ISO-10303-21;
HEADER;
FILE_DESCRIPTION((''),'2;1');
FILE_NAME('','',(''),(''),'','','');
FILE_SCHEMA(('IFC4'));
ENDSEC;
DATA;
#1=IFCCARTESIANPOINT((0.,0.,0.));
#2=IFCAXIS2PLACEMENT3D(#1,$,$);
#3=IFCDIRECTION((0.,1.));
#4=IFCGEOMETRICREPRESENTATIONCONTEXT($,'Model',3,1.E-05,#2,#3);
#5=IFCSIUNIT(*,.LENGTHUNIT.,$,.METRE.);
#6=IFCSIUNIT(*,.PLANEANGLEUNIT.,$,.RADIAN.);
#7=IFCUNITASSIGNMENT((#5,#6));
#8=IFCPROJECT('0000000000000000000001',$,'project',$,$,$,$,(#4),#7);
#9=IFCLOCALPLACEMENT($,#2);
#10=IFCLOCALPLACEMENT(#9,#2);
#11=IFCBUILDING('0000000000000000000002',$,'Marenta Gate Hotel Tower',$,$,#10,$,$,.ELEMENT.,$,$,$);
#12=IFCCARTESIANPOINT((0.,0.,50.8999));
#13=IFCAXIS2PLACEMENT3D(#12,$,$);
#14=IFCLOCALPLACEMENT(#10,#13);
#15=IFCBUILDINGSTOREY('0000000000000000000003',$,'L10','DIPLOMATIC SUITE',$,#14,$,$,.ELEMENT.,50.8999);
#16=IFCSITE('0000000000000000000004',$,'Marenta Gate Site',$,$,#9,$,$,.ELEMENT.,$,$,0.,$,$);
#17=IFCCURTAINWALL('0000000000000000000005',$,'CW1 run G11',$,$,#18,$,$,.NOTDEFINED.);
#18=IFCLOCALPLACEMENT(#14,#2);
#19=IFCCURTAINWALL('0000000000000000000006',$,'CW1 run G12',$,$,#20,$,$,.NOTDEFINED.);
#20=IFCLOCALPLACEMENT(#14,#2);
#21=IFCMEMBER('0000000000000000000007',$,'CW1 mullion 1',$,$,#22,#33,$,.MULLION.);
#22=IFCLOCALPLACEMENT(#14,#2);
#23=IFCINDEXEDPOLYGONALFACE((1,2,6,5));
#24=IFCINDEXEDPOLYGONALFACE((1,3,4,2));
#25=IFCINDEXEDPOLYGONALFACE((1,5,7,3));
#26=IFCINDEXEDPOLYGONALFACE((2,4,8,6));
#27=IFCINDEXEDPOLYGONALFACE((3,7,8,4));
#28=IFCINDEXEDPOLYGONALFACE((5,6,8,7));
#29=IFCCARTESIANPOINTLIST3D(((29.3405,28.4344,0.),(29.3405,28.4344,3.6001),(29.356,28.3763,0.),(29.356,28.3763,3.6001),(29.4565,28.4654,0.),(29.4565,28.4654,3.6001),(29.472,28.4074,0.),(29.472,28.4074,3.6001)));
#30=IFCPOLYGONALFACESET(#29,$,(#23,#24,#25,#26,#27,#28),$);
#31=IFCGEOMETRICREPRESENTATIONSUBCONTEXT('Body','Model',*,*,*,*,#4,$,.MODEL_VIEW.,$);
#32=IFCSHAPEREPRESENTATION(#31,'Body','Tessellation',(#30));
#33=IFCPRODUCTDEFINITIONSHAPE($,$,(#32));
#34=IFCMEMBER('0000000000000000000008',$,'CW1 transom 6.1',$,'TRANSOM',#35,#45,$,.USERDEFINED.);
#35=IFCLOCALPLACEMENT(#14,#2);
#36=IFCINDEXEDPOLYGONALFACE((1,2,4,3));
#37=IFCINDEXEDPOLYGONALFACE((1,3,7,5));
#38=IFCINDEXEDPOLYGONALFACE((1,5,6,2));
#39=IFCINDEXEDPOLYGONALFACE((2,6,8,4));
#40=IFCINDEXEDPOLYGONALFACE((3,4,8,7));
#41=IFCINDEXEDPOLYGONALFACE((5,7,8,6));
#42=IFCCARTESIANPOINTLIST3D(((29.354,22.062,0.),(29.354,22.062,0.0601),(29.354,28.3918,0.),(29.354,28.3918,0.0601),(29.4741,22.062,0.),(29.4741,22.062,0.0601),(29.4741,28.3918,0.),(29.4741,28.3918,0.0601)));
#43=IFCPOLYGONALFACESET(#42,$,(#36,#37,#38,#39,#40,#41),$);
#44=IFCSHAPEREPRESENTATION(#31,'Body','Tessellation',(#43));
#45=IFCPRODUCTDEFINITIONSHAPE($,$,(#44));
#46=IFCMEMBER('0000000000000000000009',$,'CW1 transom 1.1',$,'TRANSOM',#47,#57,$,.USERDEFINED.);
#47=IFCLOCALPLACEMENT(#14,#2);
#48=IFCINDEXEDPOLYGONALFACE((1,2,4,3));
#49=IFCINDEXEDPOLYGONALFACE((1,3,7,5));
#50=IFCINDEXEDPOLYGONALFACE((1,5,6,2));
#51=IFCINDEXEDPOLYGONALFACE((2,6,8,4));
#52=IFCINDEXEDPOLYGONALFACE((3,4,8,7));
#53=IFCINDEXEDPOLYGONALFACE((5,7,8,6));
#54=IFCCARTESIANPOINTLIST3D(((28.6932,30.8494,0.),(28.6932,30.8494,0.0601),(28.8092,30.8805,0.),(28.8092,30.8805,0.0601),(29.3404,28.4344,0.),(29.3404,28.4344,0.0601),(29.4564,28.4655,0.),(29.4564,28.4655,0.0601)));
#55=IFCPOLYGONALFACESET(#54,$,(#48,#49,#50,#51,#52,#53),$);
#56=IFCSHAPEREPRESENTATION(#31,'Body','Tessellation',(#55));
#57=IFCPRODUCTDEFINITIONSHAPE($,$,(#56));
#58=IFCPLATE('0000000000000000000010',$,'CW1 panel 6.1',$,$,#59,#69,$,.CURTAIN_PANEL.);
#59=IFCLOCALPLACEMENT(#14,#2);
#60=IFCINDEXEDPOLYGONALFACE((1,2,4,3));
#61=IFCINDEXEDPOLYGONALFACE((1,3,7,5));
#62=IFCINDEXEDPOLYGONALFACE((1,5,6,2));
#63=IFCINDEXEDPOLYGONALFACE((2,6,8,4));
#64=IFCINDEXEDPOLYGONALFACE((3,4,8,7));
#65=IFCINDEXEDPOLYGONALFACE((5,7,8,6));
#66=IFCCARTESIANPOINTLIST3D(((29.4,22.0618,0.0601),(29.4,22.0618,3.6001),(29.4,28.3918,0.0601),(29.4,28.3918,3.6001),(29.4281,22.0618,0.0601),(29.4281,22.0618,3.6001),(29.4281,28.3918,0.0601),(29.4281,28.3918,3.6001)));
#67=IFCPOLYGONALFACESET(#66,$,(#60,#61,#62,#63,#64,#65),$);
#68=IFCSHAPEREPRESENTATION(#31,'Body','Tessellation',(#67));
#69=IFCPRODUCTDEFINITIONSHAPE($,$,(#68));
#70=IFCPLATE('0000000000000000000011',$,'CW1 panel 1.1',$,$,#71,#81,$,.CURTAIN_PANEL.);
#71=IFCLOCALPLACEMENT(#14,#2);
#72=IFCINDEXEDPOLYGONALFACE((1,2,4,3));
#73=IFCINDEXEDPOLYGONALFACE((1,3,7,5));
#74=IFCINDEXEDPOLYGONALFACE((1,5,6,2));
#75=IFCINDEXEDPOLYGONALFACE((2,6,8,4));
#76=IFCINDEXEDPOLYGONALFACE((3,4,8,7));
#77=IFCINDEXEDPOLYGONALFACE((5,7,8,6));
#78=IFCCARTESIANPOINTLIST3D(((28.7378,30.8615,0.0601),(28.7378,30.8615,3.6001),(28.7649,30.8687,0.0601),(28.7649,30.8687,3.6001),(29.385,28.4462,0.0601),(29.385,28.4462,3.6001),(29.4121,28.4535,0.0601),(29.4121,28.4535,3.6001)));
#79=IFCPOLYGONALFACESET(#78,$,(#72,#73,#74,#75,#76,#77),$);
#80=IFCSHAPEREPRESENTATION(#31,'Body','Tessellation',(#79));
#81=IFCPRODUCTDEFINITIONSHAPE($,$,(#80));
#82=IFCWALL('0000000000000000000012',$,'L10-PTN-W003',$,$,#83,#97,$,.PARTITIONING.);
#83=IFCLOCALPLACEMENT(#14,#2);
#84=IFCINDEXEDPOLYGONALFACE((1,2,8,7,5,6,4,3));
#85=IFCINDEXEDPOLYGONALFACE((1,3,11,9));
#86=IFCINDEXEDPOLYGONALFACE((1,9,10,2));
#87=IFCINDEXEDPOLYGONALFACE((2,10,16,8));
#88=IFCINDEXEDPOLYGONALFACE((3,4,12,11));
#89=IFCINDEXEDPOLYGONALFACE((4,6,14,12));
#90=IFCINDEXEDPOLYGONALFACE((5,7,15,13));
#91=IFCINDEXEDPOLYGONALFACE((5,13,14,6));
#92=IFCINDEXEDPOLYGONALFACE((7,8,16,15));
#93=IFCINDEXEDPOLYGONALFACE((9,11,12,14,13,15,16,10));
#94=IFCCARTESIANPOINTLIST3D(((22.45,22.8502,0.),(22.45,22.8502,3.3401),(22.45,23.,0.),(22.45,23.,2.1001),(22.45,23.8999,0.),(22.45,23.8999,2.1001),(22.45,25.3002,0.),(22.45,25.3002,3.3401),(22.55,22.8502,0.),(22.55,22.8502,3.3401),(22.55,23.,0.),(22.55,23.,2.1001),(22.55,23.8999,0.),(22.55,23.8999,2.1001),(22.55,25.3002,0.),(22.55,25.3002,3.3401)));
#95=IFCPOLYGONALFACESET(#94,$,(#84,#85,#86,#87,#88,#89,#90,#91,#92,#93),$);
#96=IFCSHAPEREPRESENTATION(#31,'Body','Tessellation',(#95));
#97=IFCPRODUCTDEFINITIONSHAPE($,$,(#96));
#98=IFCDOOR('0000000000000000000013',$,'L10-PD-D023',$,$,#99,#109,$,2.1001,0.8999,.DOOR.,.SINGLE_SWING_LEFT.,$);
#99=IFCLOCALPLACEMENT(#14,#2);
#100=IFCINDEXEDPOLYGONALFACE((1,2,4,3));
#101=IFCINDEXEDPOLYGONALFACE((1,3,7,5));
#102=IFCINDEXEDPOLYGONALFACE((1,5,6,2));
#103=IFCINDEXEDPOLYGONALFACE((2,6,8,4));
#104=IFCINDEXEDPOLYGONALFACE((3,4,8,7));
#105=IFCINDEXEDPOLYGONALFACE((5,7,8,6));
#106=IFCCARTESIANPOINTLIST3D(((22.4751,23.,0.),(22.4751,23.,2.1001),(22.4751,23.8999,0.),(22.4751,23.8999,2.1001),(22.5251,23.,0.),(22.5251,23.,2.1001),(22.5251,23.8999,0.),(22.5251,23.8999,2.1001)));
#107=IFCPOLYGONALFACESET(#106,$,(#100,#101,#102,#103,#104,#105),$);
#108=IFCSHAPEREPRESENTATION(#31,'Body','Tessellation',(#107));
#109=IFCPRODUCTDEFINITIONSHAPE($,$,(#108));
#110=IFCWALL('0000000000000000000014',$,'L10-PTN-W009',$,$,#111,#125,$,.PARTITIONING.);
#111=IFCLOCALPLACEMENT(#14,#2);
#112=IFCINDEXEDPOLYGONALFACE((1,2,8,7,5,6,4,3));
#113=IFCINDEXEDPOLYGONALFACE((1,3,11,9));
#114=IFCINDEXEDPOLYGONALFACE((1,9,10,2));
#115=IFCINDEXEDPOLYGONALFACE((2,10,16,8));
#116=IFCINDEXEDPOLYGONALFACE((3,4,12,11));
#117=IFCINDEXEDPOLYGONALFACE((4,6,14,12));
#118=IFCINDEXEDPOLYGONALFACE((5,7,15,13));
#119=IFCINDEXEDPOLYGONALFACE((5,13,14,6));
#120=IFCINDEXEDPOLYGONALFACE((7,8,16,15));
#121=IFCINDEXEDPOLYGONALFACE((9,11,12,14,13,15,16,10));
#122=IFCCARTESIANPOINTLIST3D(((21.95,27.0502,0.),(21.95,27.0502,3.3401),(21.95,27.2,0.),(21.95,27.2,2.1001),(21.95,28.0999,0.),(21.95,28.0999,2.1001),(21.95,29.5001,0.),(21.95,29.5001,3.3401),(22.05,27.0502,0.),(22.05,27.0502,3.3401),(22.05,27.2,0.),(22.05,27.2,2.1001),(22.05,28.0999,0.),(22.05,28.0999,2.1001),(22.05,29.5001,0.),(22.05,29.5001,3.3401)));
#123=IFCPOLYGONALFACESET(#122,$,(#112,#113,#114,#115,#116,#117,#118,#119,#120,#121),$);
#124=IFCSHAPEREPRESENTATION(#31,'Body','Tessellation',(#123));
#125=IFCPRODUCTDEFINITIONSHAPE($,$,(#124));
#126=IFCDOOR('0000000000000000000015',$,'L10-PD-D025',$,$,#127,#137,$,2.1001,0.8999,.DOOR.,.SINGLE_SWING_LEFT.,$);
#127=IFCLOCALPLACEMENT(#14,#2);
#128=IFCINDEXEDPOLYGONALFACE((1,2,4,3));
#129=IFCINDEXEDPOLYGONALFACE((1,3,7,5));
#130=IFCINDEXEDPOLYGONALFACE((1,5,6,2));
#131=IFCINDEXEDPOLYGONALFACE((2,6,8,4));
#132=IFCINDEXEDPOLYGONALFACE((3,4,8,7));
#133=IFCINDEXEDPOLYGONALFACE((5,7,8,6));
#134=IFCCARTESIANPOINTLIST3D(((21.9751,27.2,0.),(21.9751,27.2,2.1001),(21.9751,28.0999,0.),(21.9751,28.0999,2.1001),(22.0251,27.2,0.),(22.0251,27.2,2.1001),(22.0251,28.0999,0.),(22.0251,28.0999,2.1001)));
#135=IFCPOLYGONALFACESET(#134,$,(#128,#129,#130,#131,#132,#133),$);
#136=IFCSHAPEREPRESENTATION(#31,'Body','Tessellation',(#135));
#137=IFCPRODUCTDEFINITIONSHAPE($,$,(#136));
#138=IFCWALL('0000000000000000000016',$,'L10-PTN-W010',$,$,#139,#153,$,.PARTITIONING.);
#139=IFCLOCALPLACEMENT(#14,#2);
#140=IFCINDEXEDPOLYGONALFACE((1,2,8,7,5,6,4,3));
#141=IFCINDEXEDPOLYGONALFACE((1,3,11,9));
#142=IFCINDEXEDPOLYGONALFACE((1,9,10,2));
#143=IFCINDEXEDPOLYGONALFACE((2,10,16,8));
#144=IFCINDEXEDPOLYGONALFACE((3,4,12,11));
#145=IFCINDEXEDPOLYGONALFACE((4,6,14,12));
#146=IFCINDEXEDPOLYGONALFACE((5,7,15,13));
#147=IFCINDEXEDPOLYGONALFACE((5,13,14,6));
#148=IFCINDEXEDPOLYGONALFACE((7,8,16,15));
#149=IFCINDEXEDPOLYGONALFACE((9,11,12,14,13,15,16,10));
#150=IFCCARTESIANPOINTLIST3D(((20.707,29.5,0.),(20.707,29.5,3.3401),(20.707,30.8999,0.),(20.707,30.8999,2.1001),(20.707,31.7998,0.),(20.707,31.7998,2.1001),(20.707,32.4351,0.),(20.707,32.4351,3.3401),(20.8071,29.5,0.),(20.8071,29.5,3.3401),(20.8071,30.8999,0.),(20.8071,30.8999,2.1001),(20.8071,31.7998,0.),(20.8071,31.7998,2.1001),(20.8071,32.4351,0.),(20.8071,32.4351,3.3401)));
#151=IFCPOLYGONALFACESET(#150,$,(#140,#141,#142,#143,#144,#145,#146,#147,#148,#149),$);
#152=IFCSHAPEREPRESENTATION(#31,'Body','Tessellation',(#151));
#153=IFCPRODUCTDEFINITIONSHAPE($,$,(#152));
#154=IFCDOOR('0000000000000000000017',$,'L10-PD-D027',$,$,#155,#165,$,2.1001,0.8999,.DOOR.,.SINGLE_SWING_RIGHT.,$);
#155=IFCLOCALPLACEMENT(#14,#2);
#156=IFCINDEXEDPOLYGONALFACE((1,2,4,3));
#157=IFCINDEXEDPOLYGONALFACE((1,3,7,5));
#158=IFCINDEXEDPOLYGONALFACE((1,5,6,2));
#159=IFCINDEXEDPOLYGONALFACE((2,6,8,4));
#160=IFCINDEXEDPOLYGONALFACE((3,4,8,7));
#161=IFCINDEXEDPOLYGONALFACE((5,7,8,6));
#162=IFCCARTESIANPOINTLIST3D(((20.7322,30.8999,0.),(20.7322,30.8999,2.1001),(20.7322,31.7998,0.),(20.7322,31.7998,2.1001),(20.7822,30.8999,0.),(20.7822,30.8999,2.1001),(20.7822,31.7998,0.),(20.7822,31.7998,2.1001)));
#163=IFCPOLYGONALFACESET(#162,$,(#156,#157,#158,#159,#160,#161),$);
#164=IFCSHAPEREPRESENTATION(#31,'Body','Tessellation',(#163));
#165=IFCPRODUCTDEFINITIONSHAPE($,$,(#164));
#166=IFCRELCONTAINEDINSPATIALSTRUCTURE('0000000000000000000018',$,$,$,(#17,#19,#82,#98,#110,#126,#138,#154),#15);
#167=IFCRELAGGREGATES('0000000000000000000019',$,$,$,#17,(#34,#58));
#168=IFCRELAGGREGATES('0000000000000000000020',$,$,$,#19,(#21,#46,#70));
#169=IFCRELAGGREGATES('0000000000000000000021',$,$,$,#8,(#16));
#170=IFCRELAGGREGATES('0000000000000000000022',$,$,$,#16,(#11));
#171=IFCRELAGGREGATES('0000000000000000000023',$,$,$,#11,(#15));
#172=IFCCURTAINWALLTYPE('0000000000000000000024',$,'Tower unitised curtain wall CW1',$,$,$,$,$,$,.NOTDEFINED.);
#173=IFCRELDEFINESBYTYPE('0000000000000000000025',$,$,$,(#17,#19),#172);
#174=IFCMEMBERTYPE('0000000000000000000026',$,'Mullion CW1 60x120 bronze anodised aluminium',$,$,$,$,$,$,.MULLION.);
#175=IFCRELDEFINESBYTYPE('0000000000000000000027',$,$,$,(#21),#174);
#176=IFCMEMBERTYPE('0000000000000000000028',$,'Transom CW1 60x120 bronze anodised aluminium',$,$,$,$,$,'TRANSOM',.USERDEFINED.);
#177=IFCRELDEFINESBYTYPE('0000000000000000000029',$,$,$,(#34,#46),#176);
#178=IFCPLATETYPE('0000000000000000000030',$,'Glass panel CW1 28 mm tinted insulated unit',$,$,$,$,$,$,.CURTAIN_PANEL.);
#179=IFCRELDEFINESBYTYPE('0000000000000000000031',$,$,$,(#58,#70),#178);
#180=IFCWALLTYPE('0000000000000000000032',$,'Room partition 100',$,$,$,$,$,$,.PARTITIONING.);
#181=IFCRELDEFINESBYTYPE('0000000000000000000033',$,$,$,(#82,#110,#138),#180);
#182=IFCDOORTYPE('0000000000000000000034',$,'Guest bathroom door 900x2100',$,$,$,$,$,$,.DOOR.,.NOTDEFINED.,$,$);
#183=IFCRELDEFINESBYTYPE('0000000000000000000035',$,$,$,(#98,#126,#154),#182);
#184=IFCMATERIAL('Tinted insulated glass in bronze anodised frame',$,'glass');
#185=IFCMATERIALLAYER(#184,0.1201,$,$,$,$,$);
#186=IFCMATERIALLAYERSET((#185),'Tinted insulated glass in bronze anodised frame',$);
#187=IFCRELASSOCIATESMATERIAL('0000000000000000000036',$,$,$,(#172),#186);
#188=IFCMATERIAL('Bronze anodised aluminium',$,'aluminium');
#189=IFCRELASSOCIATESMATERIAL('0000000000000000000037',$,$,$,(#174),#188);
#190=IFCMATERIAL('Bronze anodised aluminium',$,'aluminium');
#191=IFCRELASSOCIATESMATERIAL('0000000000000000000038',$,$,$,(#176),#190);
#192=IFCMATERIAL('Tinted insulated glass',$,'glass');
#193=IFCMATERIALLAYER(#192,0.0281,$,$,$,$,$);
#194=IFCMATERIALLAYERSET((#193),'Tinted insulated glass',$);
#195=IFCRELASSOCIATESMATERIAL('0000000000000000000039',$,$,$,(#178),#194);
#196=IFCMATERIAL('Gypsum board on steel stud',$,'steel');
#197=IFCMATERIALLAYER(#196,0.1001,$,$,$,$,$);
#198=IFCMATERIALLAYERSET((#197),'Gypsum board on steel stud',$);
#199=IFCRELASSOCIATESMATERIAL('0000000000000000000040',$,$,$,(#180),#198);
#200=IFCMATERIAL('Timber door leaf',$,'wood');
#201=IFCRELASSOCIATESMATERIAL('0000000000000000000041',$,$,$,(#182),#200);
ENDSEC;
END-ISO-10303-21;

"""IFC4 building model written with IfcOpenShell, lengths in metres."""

from ifc_helpers import new_model, si_unit, direction, frame, frame_2d, origin, origin_2d, place, context, subcontext, project, spatial, rectangle, extrude, material, layer, layer_set, material_profile, profile_set, type_object, element, fill, aggregate, save


model = new_model("IFC4")

# Units and contexts
model_context = context("Model", 3, precision=1e-05, world=origin(), true_north=direction((0.0, 1.0)))
body_context = subcontext(model_context, "Body", "Model", "MODEL_VIEW")
ifc_project = project(units=[si_unit("LENGTHUNIT", "METRE"), si_unit("PLANEANGLEUNIT", "RADIAN")], contexts=[model_context])

# Site, building, storey
site_placement = place(None, origin())
site = spatial("IfcSite", under=ifc_project, at=site_placement, Name="Marenta Gate Site", CompositionType="ELEMENT", RefElevation=0.0)
building_placement = place(site_placement, origin())
building = spatial("IfcBuilding", under=site, at=building_placement, Name="Marenta Gate Hotel Tower", CompositionType="ELEMENT")
storey_placement = place(building_placement, frame((0.0, 0.0, 50.8999)))
storey = spatial("IfcBuildingStorey", under=building, at=storey_placement, Name="L10", Description="DIPLOMATIC SUITE", CompositionType="ELEMENT", Elevation=50.8999)

# Curtain walls, member
ifc_material_1 = material(Name="Tinted insulated glass in bronze anodised frame", Category="glass")
ifc_layer_1 = layer(ifc_material_1, 0.1201)
ifc_layer_set_1 = layer_set([ifc_layer_1], Name="Tinted insulated glass in bronze anodised frame")
curtain_wall_type = type_object("IfcCurtainWallType", Name="Tower unitised curtain wall CW1", PredefinedType="NOTDEFINED", material=ifc_layer_set_1)
curtain_wall_1_placement = place(storey_placement, origin())
curtain_wall_1 = element("IfcCurtainWall", 1, at=curtain_wall_1_placement, inside=storey, type_object=curtain_wall_type, Name="CW1 run G11", PredefinedType="NOTDEFINED")
ifc_material_2 = material(Name="Bronze anodised aluminium", Category="aluminium")
ifc_material_profile_1 = material_profile(ifc_material_2, rectangle(XDim=0.1201, YDim=0.0601, at=origin_2d()), Name="Mullion CW1 60x120 bronze anodised aluminium")
ifc_profile_set_1 = profile_set([ifc_material_profile_1], Name="Bronze anodised aluminium")
member_type_1 = type_object("IfcMemberType", Name="Mullion CW1 60x120 bronze anodised aluminium", PredefinedType="MULLION", material=ifc_profile_set_1)
curtain_wall_2_placement = place(storey_placement, origin())
curtain_wall_2 = element("IfcCurtainWall", 2, at=curtain_wall_2_placement, inside=storey, type_object=curtain_wall_type, Name="CW1 run G12", PredefinedType="NOTDEFINED")
member_1_placement = place(storey_placement, frame((29.4062, 28.4209, 0.0), z_axis=(0.0, 0.0, 1.0), x_axis=(-0.965925, -0.258822, 0.0)))
member_1 = element("IfcMember", 3, at=member_1_placement, type_object=member_type_1, Name="CW1 mullion 1", PredefinedType="MULLION", context=body_context, shape_type="SweptSolid", body=[
    extrude(rectangle(XDim=0.1201, YDim=0.0601, at=origin_2d()), origin(), (0.0, 0.0, 1.0), 3.6001),
])

# Members
ifc_material_3 = material(Name="Bronze anodised aluminium", Category="aluminium")
ifc_material_profile_2 = material_profile(ifc_material_3, rectangle(XDim=0.1201, YDim=0.0601, at=origin_2d()), Name="Transom CW1 60x120 bronze anodised aluminium")
ifc_profile_set_2 = profile_set([ifc_material_profile_2], Name="Bronze anodised aluminium")
member_type_2 = type_object("IfcMemberType", Name="Transom CW1 60x120 bronze anodised aluminium", ElementType="TRANSOM", PredefinedType="USERDEFINED", material=ifc_profile_set_2)
member_2_placement = place(storey_placement, frame((29.4141, 22.062, 0.03), z_axis=(0.0, 1.0, 0.0), x_axis=(-1.0, 0.0, 0.0)))
member_2 = element("IfcMember", 4, at=member_2_placement, type_object=member_type_2, Name="CW1 transom 6.1", ObjectType="TRANSOM", PredefinedType="USERDEFINED", context=body_context, shape_type="SweptSolid", body=[
    extrude(rectangle(XDim=0.1201, YDim=0.0601, at=origin_2d()), origin(), (0.0, 0.0, 1.0), 6.3298),
])
member_3_placement = place(storey_placement, frame((29.3984, 28.45, 0.03), z_axis=(-0.25886, 0.965915, 0.0), x_axis=(-0.965915, -0.25886, 0.0)))
member_3 = element("IfcMember", 5, at=member_3_placement, type_object=member_type_2, Name="CW1 transom 1.1", ObjectType="TRANSOM", PredefinedType="USERDEFINED", context=body_context, shape_type="SweptSolid", body=[
    extrude(rectangle(XDim=0.1201, YDim=0.0601, at=origin_2d()), origin(), (0.0, 0.0, 1.0), 2.5002),
])

# Plates
ifc_material_4 = material(Name="Tinted insulated glass", Category="glass")
ifc_layer_2 = layer(ifc_material_4, 0.0281)
ifc_layer_set_2 = layer_set([ifc_layer_2], Name="Tinted insulated glass")
plate_type = type_object("IfcPlateType", Name="Glass panel CW1 28 mm tinted insulated unit", PredefinedType="CURTAIN_PANEL", material=ifc_layer_set_2)
plate_1_placement = place(storey_placement, frame((29.4141, 25.2268, 0.0601), z_axis=(0.0, 0.0, 1.0), x_axis=(0.0, 1.0, 0.0)))
plate_1 = element("IfcPlate", 6, at=plate_1_placement, type_object=plate_type, Name="CW1 panel 6.1", PredefinedType="CURTAIN_PANEL", context=body_context, shape_type="SweptSolid", body=[
    extrude(rectangle(XDim=6.3301, YDim=0.0281, at=origin_2d()), origin(), (0.0, 0.0, 1.0), 3.54),
])
aggregate(curtain_wall_1, [member_2, plate_1])
plate_2_placement = place(storey_placement, frame((29.075, 29.6575, 0.0601), z_axis=(0.0, 0.0, 1.0), x_axis=(-0.258822, 0.965925, 0.0)))
plate_2 = element("IfcPlate", 7, at=plate_2_placement, type_object=plate_type, Name="CW1 panel 1.1", PredefinedType="CURTAIN_PANEL", context=body_context, shape_type="SweptSolid", body=[
    extrude(rectangle(XDim=2.5005, YDim=0.0281, at=origin_2d()), origin(), (0.0, 0.0, 1.0), 3.54),
])
aggregate(curtain_wall_2, [member_1, member_3, plate_2])

# Walls, openings, doors
ifc_material_5 = material(Name="Gypsum board on steel stud", Category="steel")
ifc_layer_3 = layer(ifc_material_5, 0.1001)
ifc_layer_set_3 = layer_set([ifc_layer_3], Name="Gypsum board on steel stud")
wall_type = type_object("IfcWallType", Name="Room partition 100", PredefinedType="PARTITIONING", material=ifc_layer_set_3)
wall_1_placement = place(storey_placement, frame((22.5, 22.8501, 0.0), z_axis=(0.0, 0.0, 1.0), x_axis=(0.0, 1.0, 0.0)))
wall_1 = element("IfcWall", 8, at=wall_1_placement, inside=storey, type_object=wall_type, Name="L10-PTN-W003", PredefinedType="PARTITIONING", context=body_context, shape_type="SweptSolid", body=[
    extrude(rectangle(XDim=2.45, YDim=0.1001, at=frame_2d((1.2251, 0.0))), origin(), (0.0, 0.0, 1.0), 3.3401),
])
opening_1_placement = place(wall_1_placement, frame((0.1499, 0.0, 0.0)))
opening_1 = element("IfcOpeningElement", 9, at=opening_1_placement, cuts=wall_1, PredefinedType="OPENING", context=body_context, shape_type="SweptSolid", body=[
    extrude(rectangle(XDim=0.8999, YDim=2.1001, at=frame_2d((0.45, 1.05))), frame((0.0, 0.05, 0.0), z_axis=(0.0, -1.0, 0.0), x_axis=(1.0, 0.0, 0.0)), (0.0, 0.0, 1.0), 0.1001),
])
ifc_material_6 = material(Name="Timber door leaf", Category="wood")
door_type = type_object("IfcDoorType", Name="Guest bathroom door 900x2100", OperationType="NOTDEFINED", PredefinedType="DOOR", material=ifc_material_6)
door_1_placement = place(opening_1_placement, origin())
door_1 = element("IfcDoor", 10, at=door_1_placement, inside=storey, type_object=door_type, Name="L10-PD-D023", OperationType="SINGLE_SWING_LEFT", OverallHeight=2.1001, OverallWidth=0.8999, PredefinedType="DOOR", context=body_context, shape_type="SweptSolid", body=[
    extrude(rectangle(XDim=0.8999, YDim=2.1001, at=frame_2d((0.45, 1.05))), frame((0.0, 0.0249, 0.0), z_axis=(0.0, -1.0, 0.0), x_axis=(1.0, 0.0, 0.0)), (0.0, 0.0, 1.0), 0.05),
])
fill(opening_1, door_1)
wall_2_placement = place(storey_placement, frame((22.0, 27.05, 0.0), z_axis=(0.0, 0.0, 1.0), x_axis=(0.0, 1.0, 0.0)))
wall_2 = element("IfcWall", 11, at=wall_2_placement, inside=storey, type_object=wall_type, Name="L10-PTN-W009", PredefinedType="PARTITIONING", context=body_context, shape_type="SweptSolid", body=[
    extrude(rectangle(XDim=2.45, YDim=0.1001, at=frame_2d((1.2251, 0.0))), origin(), (0.0, 0.0, 1.0), 3.3401),
])
opening_2_placement = place(wall_2_placement, frame((0.1499, 0.0, 0.0)))
opening_2 = element("IfcOpeningElement", 12, at=opening_2_placement, cuts=wall_2, PredefinedType="OPENING", context=body_context, shape_type="SweptSolid", body=[
    extrude(rectangle(XDim=0.8999, YDim=2.1001, at=frame_2d((0.45, 1.05))), frame((0.0, 0.05, 0.0), z_axis=(0.0, -1.0, 0.0), x_axis=(1.0, 0.0, 0.0)), (0.0, 0.0, 1.0), 0.1001),
])
door_2_placement = place(opening_2_placement, origin())
door_2 = element("IfcDoor", 13, at=door_2_placement, inside=storey, type_object=door_type, Name="L10-PD-D025", OperationType="SINGLE_SWING_LEFT", OverallHeight=2.1001, OverallWidth=0.8999, PredefinedType="DOOR", context=body_context, shape_type="SweptSolid", body=[
    extrude(rectangle(XDim=0.8999, YDim=2.1001, at=frame_2d((0.45, 1.05))), frame((0.0, 0.0249, 0.0), z_axis=(0.0, -1.0, 0.0), x_axis=(1.0, 0.0, 0.0)), (0.0, 0.0, 1.0), 0.05),
])
fill(opening_2, door_2)
wall_3_placement = place(storey_placement, frame((20.7571, 29.5, 0.0), z_axis=(0.0, 0.0, 1.0), x_axis=(0.0, 1.0, 0.0)))
wall_3 = element("IfcWall", 14, at=wall_3_placement, inside=storey, type_object=wall_type, Name="L10-PTN-W010", PredefinedType="PARTITIONING", context=body_context, shape_type="SweptSolid", body=[
    extrude(rectangle(XDim=2.9351, YDim=0.1001, at=frame_2d((1.4675, 0.0))), origin(), (0.0, 0.0, 1.0), 3.3401),
])
opening_3_placement = place(wall_3_placement, frame((1.3999, 0.0, 0.0)))
opening_3 = element("IfcOpeningElement", 15, at=opening_3_placement, cuts=wall_3, PredefinedType="OPENING", context=body_context, shape_type="SweptSolid", body=[
    extrude(rectangle(XDim=0.8999, YDim=2.1001, at=frame_2d((0.45, 1.05))), frame((0.0, 0.05, 0.0), z_axis=(0.0, -1.0, 0.0), x_axis=(1.0, 0.0, 0.0)), (0.0, 0.0, 1.0), 0.1001),
])
door_3_placement = place(opening_3_placement, origin())
door_3 = element("IfcDoor", 16, at=door_3_placement, inside=storey, type_object=door_type, Name="L10-PD-D027", OperationType="SINGLE_SWING_RIGHT", OverallHeight=2.1001, OverallWidth=0.8999, PredefinedType="DOOR", context=body_context, shape_type="SweptSolid", body=[
    extrude(rectangle(XDim=0.8999, YDim=2.1001, at=frame_2d((0.45, 1.05))), frame((0.0, 0.0249, 0.0), z_axis=(0.0, -1.0, 0.0), x_axis=(1.0, 0.0, 0.0)), (0.0, 0.0, 1.0), 0.05),
])
fill(opening_3, door_3)

save(model, "model.ifc")
